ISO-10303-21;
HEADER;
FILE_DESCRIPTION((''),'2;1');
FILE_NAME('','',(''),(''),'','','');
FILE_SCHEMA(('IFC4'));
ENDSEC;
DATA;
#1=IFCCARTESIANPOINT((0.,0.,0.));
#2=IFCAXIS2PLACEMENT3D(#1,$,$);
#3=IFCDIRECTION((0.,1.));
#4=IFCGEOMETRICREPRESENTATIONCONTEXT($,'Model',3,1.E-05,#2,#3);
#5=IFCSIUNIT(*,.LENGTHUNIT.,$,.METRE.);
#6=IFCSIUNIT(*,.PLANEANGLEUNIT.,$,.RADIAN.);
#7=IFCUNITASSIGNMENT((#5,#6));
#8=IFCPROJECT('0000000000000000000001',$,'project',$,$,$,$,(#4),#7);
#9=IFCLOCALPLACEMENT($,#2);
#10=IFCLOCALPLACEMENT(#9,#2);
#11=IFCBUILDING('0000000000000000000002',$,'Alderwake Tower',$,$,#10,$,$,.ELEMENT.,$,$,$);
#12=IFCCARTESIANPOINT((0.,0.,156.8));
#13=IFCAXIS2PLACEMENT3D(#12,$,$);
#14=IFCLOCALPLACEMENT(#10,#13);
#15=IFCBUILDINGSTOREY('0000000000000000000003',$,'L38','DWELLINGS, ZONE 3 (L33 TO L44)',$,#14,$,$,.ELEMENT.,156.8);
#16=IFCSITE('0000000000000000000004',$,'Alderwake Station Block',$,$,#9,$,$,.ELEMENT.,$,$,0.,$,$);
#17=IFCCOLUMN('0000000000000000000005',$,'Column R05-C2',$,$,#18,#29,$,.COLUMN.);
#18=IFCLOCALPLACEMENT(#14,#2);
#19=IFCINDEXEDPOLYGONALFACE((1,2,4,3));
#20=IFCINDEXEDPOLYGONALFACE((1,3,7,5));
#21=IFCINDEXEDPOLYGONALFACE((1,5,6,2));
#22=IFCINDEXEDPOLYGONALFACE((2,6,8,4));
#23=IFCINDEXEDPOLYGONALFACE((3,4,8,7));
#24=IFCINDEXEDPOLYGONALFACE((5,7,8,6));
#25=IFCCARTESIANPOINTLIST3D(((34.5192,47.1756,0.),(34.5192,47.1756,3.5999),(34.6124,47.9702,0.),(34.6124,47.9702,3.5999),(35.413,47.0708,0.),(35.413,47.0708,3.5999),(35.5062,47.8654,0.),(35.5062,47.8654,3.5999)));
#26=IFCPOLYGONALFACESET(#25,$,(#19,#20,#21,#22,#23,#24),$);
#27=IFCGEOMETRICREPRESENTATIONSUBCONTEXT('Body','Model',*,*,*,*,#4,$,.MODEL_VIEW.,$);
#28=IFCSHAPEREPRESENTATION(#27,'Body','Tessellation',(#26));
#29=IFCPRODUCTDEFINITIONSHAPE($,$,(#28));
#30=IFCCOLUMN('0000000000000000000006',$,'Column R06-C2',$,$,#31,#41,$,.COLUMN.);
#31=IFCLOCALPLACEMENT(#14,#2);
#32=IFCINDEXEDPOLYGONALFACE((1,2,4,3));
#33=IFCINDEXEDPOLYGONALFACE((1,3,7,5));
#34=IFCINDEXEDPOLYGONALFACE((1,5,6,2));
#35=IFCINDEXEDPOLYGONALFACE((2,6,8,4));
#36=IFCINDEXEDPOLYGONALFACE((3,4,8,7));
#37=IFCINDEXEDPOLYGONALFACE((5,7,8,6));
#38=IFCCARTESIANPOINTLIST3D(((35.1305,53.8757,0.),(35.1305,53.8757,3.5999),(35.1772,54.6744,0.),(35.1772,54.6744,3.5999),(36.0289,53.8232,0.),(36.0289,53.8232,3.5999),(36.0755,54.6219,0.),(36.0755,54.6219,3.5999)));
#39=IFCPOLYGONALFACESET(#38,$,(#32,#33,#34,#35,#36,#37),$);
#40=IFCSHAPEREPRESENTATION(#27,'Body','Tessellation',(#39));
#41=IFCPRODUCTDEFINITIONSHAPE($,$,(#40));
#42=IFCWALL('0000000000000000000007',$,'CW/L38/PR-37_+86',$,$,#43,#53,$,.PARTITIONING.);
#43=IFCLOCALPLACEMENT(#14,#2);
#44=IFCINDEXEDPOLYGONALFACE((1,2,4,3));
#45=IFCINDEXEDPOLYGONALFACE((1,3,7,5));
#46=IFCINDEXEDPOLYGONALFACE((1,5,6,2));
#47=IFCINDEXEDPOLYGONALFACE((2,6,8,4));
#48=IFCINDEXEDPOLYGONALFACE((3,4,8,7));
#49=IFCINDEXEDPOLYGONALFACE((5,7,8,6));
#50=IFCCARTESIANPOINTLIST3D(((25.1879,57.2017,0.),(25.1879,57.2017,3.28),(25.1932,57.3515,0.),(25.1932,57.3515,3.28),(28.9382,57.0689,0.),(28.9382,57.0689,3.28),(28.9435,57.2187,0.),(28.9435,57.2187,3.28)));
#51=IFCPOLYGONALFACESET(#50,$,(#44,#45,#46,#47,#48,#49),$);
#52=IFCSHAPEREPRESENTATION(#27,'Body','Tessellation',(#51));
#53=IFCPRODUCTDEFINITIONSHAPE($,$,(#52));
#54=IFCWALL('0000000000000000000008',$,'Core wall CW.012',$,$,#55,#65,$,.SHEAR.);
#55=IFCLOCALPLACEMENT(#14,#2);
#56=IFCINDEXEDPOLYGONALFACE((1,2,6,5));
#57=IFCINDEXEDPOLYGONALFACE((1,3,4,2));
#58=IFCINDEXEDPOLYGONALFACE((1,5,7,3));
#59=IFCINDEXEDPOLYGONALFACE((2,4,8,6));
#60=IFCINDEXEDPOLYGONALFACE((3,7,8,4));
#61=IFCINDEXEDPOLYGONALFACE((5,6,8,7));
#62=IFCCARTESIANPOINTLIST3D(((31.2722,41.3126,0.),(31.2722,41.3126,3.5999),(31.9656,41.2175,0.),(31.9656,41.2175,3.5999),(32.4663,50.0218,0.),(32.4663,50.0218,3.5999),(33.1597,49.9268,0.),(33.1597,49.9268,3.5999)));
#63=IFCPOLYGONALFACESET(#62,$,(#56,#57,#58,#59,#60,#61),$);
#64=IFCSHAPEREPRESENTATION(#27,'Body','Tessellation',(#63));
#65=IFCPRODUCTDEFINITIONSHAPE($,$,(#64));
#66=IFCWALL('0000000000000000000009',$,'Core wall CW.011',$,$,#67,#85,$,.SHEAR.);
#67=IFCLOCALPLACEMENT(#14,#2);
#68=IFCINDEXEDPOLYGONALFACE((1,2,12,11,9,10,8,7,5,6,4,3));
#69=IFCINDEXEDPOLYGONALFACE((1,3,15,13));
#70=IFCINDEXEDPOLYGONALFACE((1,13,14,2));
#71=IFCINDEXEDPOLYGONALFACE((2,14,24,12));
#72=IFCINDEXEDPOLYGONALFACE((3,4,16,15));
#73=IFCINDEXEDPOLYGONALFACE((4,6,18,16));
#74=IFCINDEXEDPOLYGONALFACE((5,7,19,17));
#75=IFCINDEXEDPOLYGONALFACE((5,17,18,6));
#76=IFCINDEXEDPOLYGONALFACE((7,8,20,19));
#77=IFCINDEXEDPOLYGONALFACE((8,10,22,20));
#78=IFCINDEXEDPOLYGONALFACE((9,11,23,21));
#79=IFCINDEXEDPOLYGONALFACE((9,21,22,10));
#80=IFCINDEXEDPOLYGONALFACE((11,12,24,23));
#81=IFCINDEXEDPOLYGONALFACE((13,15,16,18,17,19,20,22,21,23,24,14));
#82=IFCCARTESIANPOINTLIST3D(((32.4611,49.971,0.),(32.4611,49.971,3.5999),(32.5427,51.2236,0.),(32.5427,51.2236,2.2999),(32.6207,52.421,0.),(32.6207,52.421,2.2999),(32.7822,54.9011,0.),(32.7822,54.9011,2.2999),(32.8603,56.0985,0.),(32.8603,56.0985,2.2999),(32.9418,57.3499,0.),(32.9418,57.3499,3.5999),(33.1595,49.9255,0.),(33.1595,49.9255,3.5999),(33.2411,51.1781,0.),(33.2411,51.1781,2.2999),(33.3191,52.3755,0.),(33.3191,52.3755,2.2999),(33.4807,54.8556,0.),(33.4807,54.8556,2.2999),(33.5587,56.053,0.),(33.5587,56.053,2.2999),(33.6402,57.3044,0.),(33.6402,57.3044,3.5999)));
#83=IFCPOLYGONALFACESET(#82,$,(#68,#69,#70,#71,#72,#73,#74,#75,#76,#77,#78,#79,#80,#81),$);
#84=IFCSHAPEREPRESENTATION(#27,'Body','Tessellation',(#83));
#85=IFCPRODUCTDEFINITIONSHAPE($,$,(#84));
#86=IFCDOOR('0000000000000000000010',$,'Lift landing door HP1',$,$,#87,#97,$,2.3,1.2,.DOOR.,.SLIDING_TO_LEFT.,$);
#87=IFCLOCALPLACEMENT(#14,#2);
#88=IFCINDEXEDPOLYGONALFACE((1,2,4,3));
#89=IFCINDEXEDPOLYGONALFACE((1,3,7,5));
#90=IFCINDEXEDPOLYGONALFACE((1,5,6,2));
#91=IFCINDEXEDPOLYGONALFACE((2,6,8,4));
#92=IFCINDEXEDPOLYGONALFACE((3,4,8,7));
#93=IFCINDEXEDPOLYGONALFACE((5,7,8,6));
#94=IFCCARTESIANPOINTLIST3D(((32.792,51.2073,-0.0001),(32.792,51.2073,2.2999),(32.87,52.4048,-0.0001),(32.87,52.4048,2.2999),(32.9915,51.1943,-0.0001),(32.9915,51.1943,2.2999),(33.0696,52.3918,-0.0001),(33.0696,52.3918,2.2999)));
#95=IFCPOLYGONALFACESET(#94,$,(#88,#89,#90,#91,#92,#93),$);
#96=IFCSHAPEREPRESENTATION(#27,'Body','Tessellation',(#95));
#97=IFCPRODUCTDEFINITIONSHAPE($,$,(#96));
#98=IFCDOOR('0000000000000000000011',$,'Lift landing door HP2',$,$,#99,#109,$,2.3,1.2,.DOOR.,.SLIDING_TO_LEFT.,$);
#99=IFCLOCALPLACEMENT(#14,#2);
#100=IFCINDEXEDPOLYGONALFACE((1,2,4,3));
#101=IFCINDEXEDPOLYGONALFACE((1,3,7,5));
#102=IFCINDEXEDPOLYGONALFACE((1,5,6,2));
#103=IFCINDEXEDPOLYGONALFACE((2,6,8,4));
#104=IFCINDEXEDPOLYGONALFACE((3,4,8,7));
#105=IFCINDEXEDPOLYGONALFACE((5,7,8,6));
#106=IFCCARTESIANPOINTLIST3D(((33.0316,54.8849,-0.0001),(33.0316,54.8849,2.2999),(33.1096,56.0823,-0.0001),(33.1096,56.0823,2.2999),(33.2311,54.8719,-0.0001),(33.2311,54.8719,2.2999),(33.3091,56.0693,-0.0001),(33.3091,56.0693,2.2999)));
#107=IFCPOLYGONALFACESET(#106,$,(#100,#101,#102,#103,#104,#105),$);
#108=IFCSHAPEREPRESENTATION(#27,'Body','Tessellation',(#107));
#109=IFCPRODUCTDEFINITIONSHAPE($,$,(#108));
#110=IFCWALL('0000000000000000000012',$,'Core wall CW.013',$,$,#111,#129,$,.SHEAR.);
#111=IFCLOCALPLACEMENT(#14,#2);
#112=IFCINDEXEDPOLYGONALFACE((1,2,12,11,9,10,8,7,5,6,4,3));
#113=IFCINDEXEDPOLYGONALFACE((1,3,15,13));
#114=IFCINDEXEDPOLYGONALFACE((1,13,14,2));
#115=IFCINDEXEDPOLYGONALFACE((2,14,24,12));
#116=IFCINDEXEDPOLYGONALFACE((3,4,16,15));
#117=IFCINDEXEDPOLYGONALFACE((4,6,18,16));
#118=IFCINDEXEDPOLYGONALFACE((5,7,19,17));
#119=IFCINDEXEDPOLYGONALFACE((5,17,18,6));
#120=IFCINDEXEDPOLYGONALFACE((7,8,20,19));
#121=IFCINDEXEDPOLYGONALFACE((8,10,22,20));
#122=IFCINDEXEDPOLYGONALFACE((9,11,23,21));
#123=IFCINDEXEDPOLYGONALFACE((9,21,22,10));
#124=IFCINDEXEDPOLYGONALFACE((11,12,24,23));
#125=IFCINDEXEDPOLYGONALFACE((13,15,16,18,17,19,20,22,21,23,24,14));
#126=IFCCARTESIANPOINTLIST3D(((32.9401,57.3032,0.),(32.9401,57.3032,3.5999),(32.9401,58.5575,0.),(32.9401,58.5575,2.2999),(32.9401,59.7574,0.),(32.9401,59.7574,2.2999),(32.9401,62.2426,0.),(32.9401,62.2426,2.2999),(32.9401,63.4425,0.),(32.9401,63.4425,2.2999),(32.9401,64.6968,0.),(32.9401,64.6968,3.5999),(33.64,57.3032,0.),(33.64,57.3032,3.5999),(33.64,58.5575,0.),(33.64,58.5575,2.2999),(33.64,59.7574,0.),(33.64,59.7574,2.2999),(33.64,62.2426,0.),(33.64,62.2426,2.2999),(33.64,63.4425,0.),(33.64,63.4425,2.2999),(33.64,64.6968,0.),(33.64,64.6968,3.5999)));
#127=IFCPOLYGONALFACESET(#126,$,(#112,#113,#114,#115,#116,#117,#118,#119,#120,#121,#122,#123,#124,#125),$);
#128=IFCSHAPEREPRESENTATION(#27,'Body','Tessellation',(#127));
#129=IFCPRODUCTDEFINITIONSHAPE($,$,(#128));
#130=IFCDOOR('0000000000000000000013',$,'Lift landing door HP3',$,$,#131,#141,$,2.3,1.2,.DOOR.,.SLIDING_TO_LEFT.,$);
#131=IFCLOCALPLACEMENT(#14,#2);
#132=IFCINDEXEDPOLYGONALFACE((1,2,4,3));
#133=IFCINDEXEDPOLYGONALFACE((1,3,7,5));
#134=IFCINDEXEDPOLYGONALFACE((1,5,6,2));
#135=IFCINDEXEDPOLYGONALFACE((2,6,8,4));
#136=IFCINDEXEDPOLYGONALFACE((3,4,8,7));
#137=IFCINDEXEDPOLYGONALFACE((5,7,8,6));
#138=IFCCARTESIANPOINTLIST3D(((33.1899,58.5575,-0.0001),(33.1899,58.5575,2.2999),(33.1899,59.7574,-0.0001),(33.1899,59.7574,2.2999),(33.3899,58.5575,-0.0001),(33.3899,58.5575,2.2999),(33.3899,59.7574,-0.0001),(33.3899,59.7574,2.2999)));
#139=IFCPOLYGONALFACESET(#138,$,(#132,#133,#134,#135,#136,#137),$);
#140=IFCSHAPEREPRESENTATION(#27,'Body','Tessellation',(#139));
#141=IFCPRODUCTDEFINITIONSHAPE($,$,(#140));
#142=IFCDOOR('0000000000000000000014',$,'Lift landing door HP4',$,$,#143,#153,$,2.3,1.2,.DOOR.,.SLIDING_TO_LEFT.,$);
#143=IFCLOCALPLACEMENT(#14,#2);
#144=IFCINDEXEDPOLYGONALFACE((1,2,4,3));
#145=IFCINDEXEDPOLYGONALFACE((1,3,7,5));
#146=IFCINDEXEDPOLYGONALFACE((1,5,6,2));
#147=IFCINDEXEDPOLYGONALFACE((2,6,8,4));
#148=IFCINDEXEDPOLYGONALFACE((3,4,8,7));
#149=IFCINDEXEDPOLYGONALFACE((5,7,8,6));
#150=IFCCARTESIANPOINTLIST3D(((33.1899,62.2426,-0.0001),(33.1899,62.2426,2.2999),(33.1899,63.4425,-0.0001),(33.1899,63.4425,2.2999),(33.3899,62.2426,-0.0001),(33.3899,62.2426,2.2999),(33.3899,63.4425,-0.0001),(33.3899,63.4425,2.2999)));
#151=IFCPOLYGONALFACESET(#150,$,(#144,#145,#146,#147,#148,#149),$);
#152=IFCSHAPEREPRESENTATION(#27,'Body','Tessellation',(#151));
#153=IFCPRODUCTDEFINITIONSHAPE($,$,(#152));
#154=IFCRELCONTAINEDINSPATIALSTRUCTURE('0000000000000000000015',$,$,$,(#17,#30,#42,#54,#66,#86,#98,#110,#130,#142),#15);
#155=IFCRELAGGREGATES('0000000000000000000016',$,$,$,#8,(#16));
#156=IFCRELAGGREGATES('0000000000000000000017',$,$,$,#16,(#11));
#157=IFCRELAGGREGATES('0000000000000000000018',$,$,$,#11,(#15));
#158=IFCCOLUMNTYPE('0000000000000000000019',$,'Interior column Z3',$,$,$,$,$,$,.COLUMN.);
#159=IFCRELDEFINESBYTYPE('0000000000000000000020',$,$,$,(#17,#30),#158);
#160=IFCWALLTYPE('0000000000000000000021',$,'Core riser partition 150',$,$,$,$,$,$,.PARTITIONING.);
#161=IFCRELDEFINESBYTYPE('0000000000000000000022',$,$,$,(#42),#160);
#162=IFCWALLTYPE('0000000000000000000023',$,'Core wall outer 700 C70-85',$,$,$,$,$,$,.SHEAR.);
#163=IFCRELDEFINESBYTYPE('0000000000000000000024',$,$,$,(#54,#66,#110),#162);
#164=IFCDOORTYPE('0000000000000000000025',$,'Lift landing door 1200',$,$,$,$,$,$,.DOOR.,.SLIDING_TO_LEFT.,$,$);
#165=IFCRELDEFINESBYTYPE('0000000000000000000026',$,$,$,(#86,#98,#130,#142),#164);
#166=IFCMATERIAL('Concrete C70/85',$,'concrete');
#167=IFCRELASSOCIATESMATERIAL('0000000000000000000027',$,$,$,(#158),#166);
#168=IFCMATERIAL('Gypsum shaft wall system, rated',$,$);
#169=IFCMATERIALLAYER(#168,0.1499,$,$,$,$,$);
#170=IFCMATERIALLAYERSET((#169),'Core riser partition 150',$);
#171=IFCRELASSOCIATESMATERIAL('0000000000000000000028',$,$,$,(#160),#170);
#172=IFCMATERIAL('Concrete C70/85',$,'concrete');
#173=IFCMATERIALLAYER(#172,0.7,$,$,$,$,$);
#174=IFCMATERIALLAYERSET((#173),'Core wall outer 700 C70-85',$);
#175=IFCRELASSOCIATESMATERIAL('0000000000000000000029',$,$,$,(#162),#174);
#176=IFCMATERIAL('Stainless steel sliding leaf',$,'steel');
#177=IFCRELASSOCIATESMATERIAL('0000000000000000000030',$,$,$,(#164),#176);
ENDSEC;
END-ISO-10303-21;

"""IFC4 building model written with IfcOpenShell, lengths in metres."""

from ifc_helpers import new_model, si_unit, direction, frame, frame_2d, origin, origin_2d, place, context, subcontext, project, spatial, rectangle, extrude, material, layer, layer_set, material_profile, profile_set, type_object, element, fill, save


model = new_model("IFC4")

# Units and contexts
model_context = context("Model", 3, precision=1e-05, world=origin(), true_north=direction((0.0, 1.0)))
body_context = subcontext(model_context, "Body", "Model", "MODEL_VIEW")
ifc_project = project(units=[si_unit("LENGTHUNIT", "METRE"), si_unit("PLANEANGLEUNIT", "RADIAN")], contexts=[model_context])

# Site, building, storey
site_placement = place(None, origin())
site = spatial("IfcSite", under=ifc_project, at=site_placement, Name="Alderwake Station Block", CompositionType="ELEMENT", RefElevation=0.0)
building_placement = place(site_placement, origin())
building = spatial("IfcBuilding", under=site, at=building_placement, Name="Alderwake Tower", CompositionType="ELEMENT")
storey_placement = place(building_placement, frame((0.0, 0.0, 156.8)))
storey = spatial("IfcBuildingStorey", under=building, at=storey_placement, Name="L38", Description="DWELLINGS, ZONE 3 (L33 TO L44)", CompositionType="ELEMENT", Elevation=156.8)

# Columns
ifc_material_1 = material(Name="Concrete C70/85", Category="concrete")
ifc_material_profile = material_profile(ifc_material_1, rectangle(XDim=0.8, YDim=0.8999, at=origin_2d()), Name="RC 900X800")
ifc_profile_set = profile_set([ifc_material_profile], Name="Concrete C70/85")
column_type = type_object("IfcColumnType", Name="Interior column Z3", PredefinedType="COLUMN", material=ifc_profile_set)
for number, where, z_axis, x_axis, name in (
    (1, (35.0127, 47.5205, 0.0), (0.0, 0.0, 1.0), (0.116402, 0.993202, 0.0), "Column R05-C2"),
    (2, (35.603, 54.2488, 0.0), (0.0, 0.0, 1.0), (0.058301, 0.998299, 0.0), "Column R06-C2"),
):
    element("IfcColumn", number, at=place(storey_placement, frame(where, z_axis=z_axis, x_axis=x_axis)), inside=storey, type_object=column_type, Name=name, PredefinedType="COLUMN", context=body_context, shape_type="SweptSolid", body=[
        extrude(rectangle(XDim=0.8, YDim=0.8999, at=origin_2d()), origin(), (0.0, 0.0, 1.0), 3.5999),
    ])

# Walls
ifc_material_2 = material(Name="Gypsum shaft wall system, rated")
ifc_layer_1 = layer(ifc_material_2, 0.1499)
ifc_layer_set_1 = layer_set([ifc_layer_1], Name="Core riser partition 150")
wall_type_1 = type_object("IfcWallType", Name="Core riser partition 150", PredefinedType="PARTITIONING", material=ifc_layer_set_1)
wall_1_placement = place(storey_placement, frame((25.1904, 57.2766, 0.0), z_axis=(0.0, 0.0, 1.0), x_axis=(0.999374, -0.035392, 0.0)))
element("IfcWall", 3, at=wall_1_placement, inside=storey, type_object=wall_type_1, Name="CW/L38/PR-37_+86", PredefinedType="PARTITIONING", context=body_context, shape_type="SweptSolid", body=[
    extrude(rectangle(XDim=3.7527, YDim=0.1499, at=frame_2d((1.8765, 0.0))), origin(), (0.0, 0.0, 1.0), 3.28),
])
ifc_material_3 = material(Name="Concrete C70/85", Category="concrete")
ifc_layer_2 = layer(ifc_material_3, 0.7)
ifc_layer_set_2 = layer_set([ifc_layer_2], Name="Core wall outer 700 C70-85")
wall_type_2 = type_object("IfcWallType", Name="Core wall outer 700 C70-85", PredefinedType="SHEAR", material=ifc_layer_set_2)
wall_2_placement = place(storey_placement, frame((31.6189, 41.2649, 0.0), z_axis=(0.0, 0.0, 1.0), x_axis=(0.135836, 0.990731, 0.0)))
element("IfcWall", 4, at=wall_2_placement, inside=storey, type_object=wall_type_2, Name="Core wall CW.012", PredefinedType="SHEAR", context=body_context, shape_type="SweptSolid", body=[
    extrude(rectangle(XDim=8.7908, YDim=0.7, at=frame_2d((4.3955, 0.0))), origin(), (0.0, 0.0, 1.0), 3.5999),
])

# Walls, openings, doors
wall_3_placement = place(storey_placement, frame((32.8103, 49.9482, 0.0), z_axis=(0.0, 0.0, 1.0), x_axis=(0.065009, 0.997885, 0.0)))
wall_3 = element("IfcWall", 5, at=wall_3_placement, inside=storey, type_object=wall_type_2, Name="Core wall CW.011", PredefinedType="SHEAR", context=body_context, shape_type="SweptSolid", body=[
    extrude(rectangle(XDim=7.3945, YDim=0.7, at=frame_2d((3.6973, 0.0))), origin(), (0.0, 0.0, 1.0), 3.5999),
])
opening_1_placement = place(wall_3_placement, frame((1.2551, 0.0, 0.0)))
opening_1 = element("IfcOpeningElement", 6, at=opening_1_placement, cuts=wall_3, PredefinedType="OPENING", context=body_context, shape_type="SweptSolid", body=[
    extrude(rectangle(XDim=1.2, YDim=2.3, at=frame_2d((0.6001, 1.1499))), frame((0.0, 0.3599, 0.0), z_axis=(0.0, -1.0, 0.0), x_axis=(1.0, 0.0, 0.0)), (0.0, 0.0, 1.0), 0.72),
])
opening_2_placement = place(wall_3_placement, frame((4.9404, 0.0, 0.0)))
opening_2 = element("IfcOpeningElement", 7, at=opening_2_placement, cuts=wall_3, PredefinedType="OPENING", context=body_context, shape_type="SweptSolid", body=[
    extrude(rectangle(XDim=1.2, YDim=2.3, at=frame_2d((0.6001, 1.1499))), frame((0.0, 0.3599, 0.0), z_axis=(0.0, -1.0, 0.0), x_axis=(1.0, 0.0, 0.0)), (0.0, 0.0, 1.0), 0.72),
])
ifc_material_4 = material(Name="Stainless steel sliding leaf", Category="steel")
door_type_1 = type_object("IfcDoorType", Name="Lift landing door 1200", OperationType="SLIDING_TO_LEFT", PredefinedType="DOOR", material=ifc_material_4)
door_1_placement = place(opening_1_placement, origin())
door_1 = element("IfcDoor", 8, at=door_1_placement, inside=storey, type_object=door_type_1, Name="Lift landing door HP1", OperationType="SLIDING_TO_LEFT", OverallHeight=2.3, OverallWidth=1.2, PredefinedType="DOOR", context=body_context, shape_type="SweptSolid", body=[
    extrude(rectangle(XDim=1.2, YDim=2.3, at=frame_2d((0.6001, 1.1499))), frame((0.0, 0.1001, 0.0), z_axis=(0.0, -1.0, 0.0), x_axis=(1.0, 0.0, 0.0)), (0.0, 0.0, 1.0), 0.2),
])
fill(opening_1, door_1)
door_2_placement = place(opening_2_placement, origin())
door_2 = element("IfcDoor", 9, at=door_2_placement, inside=storey, type_object=door_type_1, Name="Lift landing door HP2", OperationType="SLIDING_TO_LEFT", OverallHeight=2.3, OverallWidth=1.2, PredefinedType="DOOR", context=body_context, shape_type="SweptSolid", body=[
    extrude(rectangle(XDim=1.2, YDim=2.3, at=frame_2d((0.6001, 1.1499))), frame((0.0, 0.1001, 0.0), z_axis=(0.0, -1.0, 0.0), x_axis=(1.0, 0.0, 0.0)), (0.0, 0.0, 1.0), 0.2),
])
fill(opening_2, door_2)
wall_4_placement = place(storey_placement, frame((33.29, 57.3032, 0.0), z_axis=(0.0, 0.0, 1.0), x_axis=(0.0, 1.0, 0.0)))
wall_4 = element("IfcWall", 10, at=wall_4_placement, inside=storey, type_object=wall_type_2, Name="Core wall CW.013", PredefinedType="SHEAR", context=body_context, shape_type="SweptSolid", body=[
    extrude(rectangle(XDim=7.3936, YDim=0.7, at=frame_2d((3.6968, 0.0))), origin(), (0.0, 0.0, 1.0), 3.5999),
])
opening_3_placement = place(wall_4_placement, frame((1.2542, 0.0, 0.0)))
opening_3 = element("IfcOpeningElement", 11, at=opening_3_placement, cuts=wall_4, PredefinedType="OPENING", context=body_context, shape_type="SweptSolid", body=[
    extrude(rectangle(XDim=1.2, YDim=2.3, at=frame_2d((0.6001, 1.1499))), frame((0.0, 0.3599, 0.0), z_axis=(0.0, -1.0, 0.0), x_axis=(1.0, 0.0, 0.0)), (0.0, 0.0, 1.0), 0.72),
])
opening_4_placement = place(wall_4_placement, frame((4.9392, 0.0, 0.0)))
opening_4 = element("IfcOpeningElement", 12, at=opening_4_placement, cuts=wall_4, PredefinedType="OPENING", context=body_context, shape_type="SweptSolid", body=[
    extrude(rectangle(XDim=1.2, YDim=2.3, at=frame_2d((0.6001, 1.1499))), frame((0.0, 0.3599, 0.0), z_axis=(0.0, -1.0, 0.0), x_axis=(1.0, 0.0, 0.0)), (0.0, 0.0, 1.0), 0.72),
])
door_3_placement = place(opening_3_placement, origin())
door_3 = element("IfcDoor", 13, at=door_3_placement, inside=storey, type_object=door_type_1, Name="Lift landing door HP3", OperationType="SLIDING_TO_LEFT", OverallHeight=2.3, OverallWidth=1.2, PredefinedType="DOOR", context=body_context, shape_type="SweptSolid", body=[
    extrude(rectangle(XDim=1.2, YDim=2.3, at=frame_2d((0.6001, 1.1499))), frame((0.0, 0.1001, 0.0), z_axis=(0.0, -1.0, 0.0), x_axis=(1.0, 0.0, 0.0)), (0.0, 0.0, 1.0), 0.2),
])
fill(opening_3, door_3)
door_4_placement = place(opening_4_placement, origin())
door_4 = element("IfcDoor", 14, at=door_4_placement, inside=storey, type_object=door_type_1, Name="Lift landing door HP4", OperationType="SLIDING_TO_LEFT", OverallHeight=2.3, OverallWidth=1.2, PredefinedType="DOOR", context=body_context, shape_type="SweptSolid", body=[
    extrude(rectangle(XDim=1.2, YDim=2.3, at=frame_2d((0.6001, 1.1499))), frame((0.0, 0.1001, 0.0), z_axis=(0.0, -1.0, 0.0), x_axis=(1.0, 0.0, 0.0)), (0.0, 0.0, 1.0), 0.2),
])
fill(opening_4, door_4)

save(model, "model.ifc")
